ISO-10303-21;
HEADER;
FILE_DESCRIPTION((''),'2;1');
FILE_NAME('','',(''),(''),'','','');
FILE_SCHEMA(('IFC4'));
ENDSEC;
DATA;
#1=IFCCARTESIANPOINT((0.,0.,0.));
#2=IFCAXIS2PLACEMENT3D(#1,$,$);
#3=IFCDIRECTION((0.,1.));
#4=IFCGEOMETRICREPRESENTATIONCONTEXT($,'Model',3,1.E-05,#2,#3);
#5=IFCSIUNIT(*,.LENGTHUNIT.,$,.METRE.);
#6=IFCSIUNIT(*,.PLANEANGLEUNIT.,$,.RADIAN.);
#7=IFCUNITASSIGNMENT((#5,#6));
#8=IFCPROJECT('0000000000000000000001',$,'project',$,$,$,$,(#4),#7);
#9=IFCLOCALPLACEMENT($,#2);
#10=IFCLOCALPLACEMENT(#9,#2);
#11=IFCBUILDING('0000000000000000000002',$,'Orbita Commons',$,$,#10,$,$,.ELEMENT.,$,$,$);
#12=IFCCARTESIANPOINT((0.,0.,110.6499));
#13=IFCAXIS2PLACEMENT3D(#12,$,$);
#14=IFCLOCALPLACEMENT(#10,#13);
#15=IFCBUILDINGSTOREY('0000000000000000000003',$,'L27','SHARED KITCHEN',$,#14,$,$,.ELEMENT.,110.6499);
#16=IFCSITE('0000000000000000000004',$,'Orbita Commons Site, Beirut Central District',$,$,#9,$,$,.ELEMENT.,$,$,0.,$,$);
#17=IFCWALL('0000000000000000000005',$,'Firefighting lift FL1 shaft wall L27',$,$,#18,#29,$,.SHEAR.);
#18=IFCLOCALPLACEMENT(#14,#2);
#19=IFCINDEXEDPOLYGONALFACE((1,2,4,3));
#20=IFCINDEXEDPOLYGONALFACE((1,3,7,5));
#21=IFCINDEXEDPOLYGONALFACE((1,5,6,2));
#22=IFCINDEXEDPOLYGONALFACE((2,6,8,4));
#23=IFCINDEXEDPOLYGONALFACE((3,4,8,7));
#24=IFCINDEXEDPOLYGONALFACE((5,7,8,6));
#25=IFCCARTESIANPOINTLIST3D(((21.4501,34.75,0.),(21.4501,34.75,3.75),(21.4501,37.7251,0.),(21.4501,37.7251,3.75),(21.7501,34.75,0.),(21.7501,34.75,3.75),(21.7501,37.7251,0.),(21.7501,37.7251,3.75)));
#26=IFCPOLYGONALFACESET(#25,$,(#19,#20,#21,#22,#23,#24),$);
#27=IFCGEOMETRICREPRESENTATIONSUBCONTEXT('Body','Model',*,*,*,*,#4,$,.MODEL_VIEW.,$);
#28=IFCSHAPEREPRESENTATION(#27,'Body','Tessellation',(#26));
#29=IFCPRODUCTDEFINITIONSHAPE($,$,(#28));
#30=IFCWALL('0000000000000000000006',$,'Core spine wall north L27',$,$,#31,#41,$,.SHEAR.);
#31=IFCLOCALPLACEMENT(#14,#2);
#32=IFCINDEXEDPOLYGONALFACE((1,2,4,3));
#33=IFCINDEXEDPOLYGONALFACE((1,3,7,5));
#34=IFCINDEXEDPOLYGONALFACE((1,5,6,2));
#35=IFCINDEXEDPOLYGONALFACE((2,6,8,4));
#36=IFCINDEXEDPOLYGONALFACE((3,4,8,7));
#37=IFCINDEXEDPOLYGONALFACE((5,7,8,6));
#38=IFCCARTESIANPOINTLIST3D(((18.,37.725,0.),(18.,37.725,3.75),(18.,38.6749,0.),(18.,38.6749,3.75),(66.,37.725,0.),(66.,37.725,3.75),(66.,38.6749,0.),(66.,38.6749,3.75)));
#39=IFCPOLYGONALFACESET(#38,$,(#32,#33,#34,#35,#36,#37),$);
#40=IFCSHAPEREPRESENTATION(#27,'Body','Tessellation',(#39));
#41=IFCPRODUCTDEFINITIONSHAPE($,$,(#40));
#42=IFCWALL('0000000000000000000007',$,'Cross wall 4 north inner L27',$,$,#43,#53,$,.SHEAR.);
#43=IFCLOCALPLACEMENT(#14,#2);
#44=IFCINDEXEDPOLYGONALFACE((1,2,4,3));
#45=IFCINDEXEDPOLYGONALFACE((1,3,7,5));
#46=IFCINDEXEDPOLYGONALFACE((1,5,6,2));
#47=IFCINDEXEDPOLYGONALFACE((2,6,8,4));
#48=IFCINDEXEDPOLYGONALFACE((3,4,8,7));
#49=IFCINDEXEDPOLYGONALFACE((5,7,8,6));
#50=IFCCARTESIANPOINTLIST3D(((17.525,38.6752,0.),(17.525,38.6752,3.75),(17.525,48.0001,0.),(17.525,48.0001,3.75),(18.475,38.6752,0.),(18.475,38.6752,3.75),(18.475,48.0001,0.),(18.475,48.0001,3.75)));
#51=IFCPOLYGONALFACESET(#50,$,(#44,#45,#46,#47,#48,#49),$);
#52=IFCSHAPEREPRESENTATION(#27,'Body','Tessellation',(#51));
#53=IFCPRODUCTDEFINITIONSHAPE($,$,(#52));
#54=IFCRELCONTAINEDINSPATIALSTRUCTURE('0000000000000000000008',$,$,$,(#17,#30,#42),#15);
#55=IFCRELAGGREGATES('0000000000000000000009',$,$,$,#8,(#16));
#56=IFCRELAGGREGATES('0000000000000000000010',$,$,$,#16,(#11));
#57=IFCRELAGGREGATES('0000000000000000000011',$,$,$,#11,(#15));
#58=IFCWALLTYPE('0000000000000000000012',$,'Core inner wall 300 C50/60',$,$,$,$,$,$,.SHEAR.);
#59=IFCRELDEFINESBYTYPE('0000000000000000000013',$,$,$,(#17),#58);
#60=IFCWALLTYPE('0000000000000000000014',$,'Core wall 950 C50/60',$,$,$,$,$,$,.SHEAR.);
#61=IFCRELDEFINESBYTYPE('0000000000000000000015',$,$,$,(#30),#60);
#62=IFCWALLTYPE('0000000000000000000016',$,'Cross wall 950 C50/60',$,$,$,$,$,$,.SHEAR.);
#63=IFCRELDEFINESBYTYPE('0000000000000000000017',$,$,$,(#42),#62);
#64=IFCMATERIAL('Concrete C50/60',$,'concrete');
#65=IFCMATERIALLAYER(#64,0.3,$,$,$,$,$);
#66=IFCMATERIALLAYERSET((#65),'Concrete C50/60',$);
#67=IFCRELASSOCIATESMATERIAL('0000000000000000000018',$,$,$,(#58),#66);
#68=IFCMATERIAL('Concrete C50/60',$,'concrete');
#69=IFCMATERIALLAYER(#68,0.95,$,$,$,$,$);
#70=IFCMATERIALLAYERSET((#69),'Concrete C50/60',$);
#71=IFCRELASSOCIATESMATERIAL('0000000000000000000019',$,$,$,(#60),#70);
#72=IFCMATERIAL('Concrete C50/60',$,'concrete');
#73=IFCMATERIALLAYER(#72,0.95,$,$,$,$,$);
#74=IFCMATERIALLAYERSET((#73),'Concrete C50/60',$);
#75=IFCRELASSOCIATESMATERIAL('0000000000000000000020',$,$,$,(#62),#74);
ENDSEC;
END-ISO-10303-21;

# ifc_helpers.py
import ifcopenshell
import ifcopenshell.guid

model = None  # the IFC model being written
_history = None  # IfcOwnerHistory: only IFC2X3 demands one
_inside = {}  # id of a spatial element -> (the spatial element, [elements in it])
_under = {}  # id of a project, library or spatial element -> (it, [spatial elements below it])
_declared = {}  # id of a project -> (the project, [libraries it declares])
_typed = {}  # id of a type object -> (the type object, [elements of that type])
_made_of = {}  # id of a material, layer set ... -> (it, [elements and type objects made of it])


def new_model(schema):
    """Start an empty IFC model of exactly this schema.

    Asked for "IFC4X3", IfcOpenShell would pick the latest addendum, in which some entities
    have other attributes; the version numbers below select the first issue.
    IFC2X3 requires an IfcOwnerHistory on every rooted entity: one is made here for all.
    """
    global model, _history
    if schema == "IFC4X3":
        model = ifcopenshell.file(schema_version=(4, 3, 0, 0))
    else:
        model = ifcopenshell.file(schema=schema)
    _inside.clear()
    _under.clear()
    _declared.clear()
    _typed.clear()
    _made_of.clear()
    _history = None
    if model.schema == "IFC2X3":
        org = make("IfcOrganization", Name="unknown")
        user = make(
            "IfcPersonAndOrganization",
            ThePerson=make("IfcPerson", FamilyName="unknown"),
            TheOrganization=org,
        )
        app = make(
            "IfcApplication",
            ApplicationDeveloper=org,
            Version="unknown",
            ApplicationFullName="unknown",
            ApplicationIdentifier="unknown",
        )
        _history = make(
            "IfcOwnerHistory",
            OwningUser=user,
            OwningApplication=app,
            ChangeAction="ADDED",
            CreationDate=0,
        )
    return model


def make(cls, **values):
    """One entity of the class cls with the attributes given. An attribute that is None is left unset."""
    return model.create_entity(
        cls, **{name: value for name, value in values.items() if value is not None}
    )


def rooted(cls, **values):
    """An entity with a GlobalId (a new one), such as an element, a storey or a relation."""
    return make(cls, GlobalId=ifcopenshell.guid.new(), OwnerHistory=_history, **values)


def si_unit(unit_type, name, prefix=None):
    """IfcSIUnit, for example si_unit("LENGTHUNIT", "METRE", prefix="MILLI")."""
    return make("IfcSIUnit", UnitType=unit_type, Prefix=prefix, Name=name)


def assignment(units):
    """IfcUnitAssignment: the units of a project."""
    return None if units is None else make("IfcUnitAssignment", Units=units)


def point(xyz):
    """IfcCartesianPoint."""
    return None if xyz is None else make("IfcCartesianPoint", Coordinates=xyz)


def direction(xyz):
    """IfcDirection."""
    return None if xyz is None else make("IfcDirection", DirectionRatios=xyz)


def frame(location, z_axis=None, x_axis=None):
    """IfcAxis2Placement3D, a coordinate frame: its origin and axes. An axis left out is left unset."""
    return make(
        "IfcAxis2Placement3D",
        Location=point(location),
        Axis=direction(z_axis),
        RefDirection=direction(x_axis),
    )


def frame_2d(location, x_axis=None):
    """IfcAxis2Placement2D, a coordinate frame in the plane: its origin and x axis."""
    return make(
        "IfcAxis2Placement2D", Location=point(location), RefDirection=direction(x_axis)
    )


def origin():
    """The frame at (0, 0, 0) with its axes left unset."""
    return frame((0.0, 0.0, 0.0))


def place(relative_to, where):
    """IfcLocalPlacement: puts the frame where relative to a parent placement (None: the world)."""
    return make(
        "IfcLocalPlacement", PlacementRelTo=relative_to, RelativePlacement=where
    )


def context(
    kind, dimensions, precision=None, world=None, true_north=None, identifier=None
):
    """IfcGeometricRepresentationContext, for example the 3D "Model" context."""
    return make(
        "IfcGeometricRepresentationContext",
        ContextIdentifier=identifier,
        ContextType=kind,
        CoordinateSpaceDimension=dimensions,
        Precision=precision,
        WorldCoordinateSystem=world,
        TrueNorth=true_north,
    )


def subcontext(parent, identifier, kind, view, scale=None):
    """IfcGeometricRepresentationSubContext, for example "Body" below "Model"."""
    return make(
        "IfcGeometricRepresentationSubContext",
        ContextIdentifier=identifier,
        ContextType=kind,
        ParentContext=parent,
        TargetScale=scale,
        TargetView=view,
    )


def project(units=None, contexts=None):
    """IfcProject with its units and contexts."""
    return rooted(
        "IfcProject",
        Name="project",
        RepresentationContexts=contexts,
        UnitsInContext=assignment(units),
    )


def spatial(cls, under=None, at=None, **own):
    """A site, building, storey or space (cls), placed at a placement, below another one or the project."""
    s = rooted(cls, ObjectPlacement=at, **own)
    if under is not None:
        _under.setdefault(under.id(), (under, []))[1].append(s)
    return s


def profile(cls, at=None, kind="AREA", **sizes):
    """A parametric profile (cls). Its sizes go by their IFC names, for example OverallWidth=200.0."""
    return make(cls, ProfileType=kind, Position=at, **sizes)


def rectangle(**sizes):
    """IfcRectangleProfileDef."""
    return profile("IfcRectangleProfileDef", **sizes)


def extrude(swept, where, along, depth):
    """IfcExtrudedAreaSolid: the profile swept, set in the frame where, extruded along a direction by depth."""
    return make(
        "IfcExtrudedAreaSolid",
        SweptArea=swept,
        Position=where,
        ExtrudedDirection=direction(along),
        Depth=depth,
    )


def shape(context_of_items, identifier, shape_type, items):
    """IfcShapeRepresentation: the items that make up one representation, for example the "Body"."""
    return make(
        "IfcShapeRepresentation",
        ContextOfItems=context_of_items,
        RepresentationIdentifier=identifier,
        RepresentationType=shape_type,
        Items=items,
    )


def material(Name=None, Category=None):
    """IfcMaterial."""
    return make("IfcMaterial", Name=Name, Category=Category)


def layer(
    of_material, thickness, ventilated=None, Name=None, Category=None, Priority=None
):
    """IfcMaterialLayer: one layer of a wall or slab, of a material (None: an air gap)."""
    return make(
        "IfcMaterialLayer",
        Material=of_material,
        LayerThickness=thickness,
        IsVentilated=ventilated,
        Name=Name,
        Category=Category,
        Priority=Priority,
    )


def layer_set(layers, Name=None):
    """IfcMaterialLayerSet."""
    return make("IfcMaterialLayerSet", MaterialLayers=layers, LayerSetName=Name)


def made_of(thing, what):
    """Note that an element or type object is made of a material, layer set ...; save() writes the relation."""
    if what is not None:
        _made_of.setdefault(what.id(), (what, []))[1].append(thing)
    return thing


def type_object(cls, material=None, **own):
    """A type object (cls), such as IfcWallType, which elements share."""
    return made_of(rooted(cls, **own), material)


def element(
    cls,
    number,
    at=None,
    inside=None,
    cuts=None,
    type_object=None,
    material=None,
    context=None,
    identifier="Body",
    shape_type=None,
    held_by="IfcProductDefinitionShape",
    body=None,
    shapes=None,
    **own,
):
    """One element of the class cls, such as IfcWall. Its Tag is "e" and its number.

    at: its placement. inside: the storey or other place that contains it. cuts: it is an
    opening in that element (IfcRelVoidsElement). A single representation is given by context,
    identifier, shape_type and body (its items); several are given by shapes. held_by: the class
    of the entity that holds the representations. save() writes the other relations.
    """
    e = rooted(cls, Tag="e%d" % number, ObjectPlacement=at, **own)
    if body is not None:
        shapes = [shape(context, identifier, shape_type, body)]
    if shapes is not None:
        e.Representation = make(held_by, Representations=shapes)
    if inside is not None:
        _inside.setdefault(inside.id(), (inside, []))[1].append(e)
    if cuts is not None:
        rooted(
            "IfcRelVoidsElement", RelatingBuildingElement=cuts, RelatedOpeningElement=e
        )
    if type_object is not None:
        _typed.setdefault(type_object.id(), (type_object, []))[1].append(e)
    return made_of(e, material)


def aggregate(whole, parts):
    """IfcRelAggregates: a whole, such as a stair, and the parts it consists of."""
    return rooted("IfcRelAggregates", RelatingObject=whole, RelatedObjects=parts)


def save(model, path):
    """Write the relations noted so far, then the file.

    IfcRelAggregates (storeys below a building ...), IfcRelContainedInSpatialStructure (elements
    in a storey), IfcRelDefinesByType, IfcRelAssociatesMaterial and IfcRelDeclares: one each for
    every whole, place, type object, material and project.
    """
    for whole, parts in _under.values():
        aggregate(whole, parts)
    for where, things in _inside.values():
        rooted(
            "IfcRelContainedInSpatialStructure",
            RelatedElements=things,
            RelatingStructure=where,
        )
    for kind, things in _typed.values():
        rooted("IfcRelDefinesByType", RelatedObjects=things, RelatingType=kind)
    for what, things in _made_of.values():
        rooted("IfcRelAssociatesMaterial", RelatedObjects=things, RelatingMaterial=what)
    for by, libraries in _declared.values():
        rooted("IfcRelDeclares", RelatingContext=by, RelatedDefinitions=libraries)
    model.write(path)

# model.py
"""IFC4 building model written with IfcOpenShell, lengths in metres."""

from ifc_helpers import new_model, si_unit, direction, frame, frame_2d, origin, place, context, subcontext, project, spatial, rectangle, extrude, material, layer, layer_set, type_object, element, save


model = new_model("IFC4")

# Units and contexts
model_context = context("Model", 3, precision=1e-05, world=origin(), true_north=direction((0.0, 1.0)))
body_context = subcontext(model_context, "Body", "Model", "MODEL_VIEW")
ifc_project = project(units=[si_unit("LENGTHUNIT", "METRE"), si_unit("PLANEANGLEUNIT", "RADIAN")], contexts=[model_context])

# Site, building, storey
site_placement = place(None, origin())
site = spatial("IfcSite", under=ifc_project, at=site_placement, Name="Orbita Commons Site, Beirut Central District", CompositionType="ELEMENT", RefElevation=0.0)
building_placement = place(site_placement, origin())
building = spatial("IfcBuilding", under=site, at=building_placement, Name="Orbita Commons", CompositionType="ELEMENT")
storey_placement = place(building_placement, frame((0.0, 0.0, 110.6499)))
storey = spatial("IfcBuildingStorey", under=building, at=storey_placement, Name="L27", Description="SHARED KITCHEN", CompositionType="ELEMENT", Elevation=110.6499)

# Shared definitions
ifc_material_1 = material(Name="Concrete C50/60", Category="concrete")
ifc_layer_1 = layer(ifc_material_1, 0.3)
ifc_layer_set_1 = layer_set([ifc_layer_1], Name="Concrete C50/60")
wall_type_1 = type_object("IfcWallType", Name="Core inner wall 300 C50/60", PredefinedType="SHEAR", material=ifc_layer_set_1)

# Walls
wall_1_placement = place(storey_placement, frame((21.6001, 34.75, 0.0), z_axis=(0.0, 0.0, 1.0), x_axis=(0.0, 1.0, 0.0)))
element("IfcWall", 1, at=wall_1_placement, inside=storey, type_object=wall_type_1, Name="Firefighting lift FL1 shaft wall L27", PredefinedType="SHEAR", context=body_context, shape_type="SweptSolid", body=[
    extrude(rectangle(XDim=2.9751, YDim=0.3, at=frame_2d((1.4875, 0.0))), origin(), (0.0, 0.0, 1.0), 3.75),
])
ifc_material_2 = material(Name="Concrete C50/60", Category="concrete")
ifc_layer_2 = layer(ifc_material_2, 0.95)
ifc_layer_set_2 = layer_set([ifc_layer_2], Name="Concrete C50/60")
wall_type_2 = type_object("IfcWallType", Name="Core wall 950 C50/60", PredefinedType="SHEAR", material=ifc_layer_set_2)
wall_2_placement = place(storey_placement, frame((18.0, 38.2, 0.0), z_axis=(0.0, 0.0, 1.0), x_axis=(1.0, 0.0, 0.0)))
element("IfcWall", 2, at=wall_2_placement, inside=storey, type_object=wall_type_2, Name="Core spine wall north L27", PredefinedType="SHEAR", context=body_context, shape_type="SweptSolid", body=[
    extrude(rectangle(XDim=48.0, YDim=0.95, at=frame_2d((24.0, 0.0))), origin(), (0.0, 0.0, 1.0), 3.75),
])
ifc_material_3 = material(Name="Concrete C50/60", Category="concrete")
ifc_layer_3 = layer(ifc_material_3, 0.95)
ifc_layer_set_3 = layer_set([ifc_layer_3], Name="Concrete C50/60")
wall_type_3 = type_object("IfcWallType", Name="Cross wall 950 C50/60", PredefinedType="SHEAR", material=ifc_layer_set_3)
wall_3_placement = place(storey_placement, frame((18.0, 38.675, 0.0), z_axis=(0.0, 0.0, 1.0), x_axis=(0.0, 1.0, 0.0)))
element("IfcWall", 3, at=wall_3_placement, inside=storey, type_object=wall_type_3, Name="Cross wall 4 north inner L27", PredefinedType="SHEAR", context=body_context, shape_type="SweptSolid", body=[
    extrude(rectangle(XDim=9.325, YDim=0.95, at=frame_2d((4.6626, 0.0))), origin(), (0.0, 0.0, 1.0), 3.75),
])

save(model, "model.ifc")
